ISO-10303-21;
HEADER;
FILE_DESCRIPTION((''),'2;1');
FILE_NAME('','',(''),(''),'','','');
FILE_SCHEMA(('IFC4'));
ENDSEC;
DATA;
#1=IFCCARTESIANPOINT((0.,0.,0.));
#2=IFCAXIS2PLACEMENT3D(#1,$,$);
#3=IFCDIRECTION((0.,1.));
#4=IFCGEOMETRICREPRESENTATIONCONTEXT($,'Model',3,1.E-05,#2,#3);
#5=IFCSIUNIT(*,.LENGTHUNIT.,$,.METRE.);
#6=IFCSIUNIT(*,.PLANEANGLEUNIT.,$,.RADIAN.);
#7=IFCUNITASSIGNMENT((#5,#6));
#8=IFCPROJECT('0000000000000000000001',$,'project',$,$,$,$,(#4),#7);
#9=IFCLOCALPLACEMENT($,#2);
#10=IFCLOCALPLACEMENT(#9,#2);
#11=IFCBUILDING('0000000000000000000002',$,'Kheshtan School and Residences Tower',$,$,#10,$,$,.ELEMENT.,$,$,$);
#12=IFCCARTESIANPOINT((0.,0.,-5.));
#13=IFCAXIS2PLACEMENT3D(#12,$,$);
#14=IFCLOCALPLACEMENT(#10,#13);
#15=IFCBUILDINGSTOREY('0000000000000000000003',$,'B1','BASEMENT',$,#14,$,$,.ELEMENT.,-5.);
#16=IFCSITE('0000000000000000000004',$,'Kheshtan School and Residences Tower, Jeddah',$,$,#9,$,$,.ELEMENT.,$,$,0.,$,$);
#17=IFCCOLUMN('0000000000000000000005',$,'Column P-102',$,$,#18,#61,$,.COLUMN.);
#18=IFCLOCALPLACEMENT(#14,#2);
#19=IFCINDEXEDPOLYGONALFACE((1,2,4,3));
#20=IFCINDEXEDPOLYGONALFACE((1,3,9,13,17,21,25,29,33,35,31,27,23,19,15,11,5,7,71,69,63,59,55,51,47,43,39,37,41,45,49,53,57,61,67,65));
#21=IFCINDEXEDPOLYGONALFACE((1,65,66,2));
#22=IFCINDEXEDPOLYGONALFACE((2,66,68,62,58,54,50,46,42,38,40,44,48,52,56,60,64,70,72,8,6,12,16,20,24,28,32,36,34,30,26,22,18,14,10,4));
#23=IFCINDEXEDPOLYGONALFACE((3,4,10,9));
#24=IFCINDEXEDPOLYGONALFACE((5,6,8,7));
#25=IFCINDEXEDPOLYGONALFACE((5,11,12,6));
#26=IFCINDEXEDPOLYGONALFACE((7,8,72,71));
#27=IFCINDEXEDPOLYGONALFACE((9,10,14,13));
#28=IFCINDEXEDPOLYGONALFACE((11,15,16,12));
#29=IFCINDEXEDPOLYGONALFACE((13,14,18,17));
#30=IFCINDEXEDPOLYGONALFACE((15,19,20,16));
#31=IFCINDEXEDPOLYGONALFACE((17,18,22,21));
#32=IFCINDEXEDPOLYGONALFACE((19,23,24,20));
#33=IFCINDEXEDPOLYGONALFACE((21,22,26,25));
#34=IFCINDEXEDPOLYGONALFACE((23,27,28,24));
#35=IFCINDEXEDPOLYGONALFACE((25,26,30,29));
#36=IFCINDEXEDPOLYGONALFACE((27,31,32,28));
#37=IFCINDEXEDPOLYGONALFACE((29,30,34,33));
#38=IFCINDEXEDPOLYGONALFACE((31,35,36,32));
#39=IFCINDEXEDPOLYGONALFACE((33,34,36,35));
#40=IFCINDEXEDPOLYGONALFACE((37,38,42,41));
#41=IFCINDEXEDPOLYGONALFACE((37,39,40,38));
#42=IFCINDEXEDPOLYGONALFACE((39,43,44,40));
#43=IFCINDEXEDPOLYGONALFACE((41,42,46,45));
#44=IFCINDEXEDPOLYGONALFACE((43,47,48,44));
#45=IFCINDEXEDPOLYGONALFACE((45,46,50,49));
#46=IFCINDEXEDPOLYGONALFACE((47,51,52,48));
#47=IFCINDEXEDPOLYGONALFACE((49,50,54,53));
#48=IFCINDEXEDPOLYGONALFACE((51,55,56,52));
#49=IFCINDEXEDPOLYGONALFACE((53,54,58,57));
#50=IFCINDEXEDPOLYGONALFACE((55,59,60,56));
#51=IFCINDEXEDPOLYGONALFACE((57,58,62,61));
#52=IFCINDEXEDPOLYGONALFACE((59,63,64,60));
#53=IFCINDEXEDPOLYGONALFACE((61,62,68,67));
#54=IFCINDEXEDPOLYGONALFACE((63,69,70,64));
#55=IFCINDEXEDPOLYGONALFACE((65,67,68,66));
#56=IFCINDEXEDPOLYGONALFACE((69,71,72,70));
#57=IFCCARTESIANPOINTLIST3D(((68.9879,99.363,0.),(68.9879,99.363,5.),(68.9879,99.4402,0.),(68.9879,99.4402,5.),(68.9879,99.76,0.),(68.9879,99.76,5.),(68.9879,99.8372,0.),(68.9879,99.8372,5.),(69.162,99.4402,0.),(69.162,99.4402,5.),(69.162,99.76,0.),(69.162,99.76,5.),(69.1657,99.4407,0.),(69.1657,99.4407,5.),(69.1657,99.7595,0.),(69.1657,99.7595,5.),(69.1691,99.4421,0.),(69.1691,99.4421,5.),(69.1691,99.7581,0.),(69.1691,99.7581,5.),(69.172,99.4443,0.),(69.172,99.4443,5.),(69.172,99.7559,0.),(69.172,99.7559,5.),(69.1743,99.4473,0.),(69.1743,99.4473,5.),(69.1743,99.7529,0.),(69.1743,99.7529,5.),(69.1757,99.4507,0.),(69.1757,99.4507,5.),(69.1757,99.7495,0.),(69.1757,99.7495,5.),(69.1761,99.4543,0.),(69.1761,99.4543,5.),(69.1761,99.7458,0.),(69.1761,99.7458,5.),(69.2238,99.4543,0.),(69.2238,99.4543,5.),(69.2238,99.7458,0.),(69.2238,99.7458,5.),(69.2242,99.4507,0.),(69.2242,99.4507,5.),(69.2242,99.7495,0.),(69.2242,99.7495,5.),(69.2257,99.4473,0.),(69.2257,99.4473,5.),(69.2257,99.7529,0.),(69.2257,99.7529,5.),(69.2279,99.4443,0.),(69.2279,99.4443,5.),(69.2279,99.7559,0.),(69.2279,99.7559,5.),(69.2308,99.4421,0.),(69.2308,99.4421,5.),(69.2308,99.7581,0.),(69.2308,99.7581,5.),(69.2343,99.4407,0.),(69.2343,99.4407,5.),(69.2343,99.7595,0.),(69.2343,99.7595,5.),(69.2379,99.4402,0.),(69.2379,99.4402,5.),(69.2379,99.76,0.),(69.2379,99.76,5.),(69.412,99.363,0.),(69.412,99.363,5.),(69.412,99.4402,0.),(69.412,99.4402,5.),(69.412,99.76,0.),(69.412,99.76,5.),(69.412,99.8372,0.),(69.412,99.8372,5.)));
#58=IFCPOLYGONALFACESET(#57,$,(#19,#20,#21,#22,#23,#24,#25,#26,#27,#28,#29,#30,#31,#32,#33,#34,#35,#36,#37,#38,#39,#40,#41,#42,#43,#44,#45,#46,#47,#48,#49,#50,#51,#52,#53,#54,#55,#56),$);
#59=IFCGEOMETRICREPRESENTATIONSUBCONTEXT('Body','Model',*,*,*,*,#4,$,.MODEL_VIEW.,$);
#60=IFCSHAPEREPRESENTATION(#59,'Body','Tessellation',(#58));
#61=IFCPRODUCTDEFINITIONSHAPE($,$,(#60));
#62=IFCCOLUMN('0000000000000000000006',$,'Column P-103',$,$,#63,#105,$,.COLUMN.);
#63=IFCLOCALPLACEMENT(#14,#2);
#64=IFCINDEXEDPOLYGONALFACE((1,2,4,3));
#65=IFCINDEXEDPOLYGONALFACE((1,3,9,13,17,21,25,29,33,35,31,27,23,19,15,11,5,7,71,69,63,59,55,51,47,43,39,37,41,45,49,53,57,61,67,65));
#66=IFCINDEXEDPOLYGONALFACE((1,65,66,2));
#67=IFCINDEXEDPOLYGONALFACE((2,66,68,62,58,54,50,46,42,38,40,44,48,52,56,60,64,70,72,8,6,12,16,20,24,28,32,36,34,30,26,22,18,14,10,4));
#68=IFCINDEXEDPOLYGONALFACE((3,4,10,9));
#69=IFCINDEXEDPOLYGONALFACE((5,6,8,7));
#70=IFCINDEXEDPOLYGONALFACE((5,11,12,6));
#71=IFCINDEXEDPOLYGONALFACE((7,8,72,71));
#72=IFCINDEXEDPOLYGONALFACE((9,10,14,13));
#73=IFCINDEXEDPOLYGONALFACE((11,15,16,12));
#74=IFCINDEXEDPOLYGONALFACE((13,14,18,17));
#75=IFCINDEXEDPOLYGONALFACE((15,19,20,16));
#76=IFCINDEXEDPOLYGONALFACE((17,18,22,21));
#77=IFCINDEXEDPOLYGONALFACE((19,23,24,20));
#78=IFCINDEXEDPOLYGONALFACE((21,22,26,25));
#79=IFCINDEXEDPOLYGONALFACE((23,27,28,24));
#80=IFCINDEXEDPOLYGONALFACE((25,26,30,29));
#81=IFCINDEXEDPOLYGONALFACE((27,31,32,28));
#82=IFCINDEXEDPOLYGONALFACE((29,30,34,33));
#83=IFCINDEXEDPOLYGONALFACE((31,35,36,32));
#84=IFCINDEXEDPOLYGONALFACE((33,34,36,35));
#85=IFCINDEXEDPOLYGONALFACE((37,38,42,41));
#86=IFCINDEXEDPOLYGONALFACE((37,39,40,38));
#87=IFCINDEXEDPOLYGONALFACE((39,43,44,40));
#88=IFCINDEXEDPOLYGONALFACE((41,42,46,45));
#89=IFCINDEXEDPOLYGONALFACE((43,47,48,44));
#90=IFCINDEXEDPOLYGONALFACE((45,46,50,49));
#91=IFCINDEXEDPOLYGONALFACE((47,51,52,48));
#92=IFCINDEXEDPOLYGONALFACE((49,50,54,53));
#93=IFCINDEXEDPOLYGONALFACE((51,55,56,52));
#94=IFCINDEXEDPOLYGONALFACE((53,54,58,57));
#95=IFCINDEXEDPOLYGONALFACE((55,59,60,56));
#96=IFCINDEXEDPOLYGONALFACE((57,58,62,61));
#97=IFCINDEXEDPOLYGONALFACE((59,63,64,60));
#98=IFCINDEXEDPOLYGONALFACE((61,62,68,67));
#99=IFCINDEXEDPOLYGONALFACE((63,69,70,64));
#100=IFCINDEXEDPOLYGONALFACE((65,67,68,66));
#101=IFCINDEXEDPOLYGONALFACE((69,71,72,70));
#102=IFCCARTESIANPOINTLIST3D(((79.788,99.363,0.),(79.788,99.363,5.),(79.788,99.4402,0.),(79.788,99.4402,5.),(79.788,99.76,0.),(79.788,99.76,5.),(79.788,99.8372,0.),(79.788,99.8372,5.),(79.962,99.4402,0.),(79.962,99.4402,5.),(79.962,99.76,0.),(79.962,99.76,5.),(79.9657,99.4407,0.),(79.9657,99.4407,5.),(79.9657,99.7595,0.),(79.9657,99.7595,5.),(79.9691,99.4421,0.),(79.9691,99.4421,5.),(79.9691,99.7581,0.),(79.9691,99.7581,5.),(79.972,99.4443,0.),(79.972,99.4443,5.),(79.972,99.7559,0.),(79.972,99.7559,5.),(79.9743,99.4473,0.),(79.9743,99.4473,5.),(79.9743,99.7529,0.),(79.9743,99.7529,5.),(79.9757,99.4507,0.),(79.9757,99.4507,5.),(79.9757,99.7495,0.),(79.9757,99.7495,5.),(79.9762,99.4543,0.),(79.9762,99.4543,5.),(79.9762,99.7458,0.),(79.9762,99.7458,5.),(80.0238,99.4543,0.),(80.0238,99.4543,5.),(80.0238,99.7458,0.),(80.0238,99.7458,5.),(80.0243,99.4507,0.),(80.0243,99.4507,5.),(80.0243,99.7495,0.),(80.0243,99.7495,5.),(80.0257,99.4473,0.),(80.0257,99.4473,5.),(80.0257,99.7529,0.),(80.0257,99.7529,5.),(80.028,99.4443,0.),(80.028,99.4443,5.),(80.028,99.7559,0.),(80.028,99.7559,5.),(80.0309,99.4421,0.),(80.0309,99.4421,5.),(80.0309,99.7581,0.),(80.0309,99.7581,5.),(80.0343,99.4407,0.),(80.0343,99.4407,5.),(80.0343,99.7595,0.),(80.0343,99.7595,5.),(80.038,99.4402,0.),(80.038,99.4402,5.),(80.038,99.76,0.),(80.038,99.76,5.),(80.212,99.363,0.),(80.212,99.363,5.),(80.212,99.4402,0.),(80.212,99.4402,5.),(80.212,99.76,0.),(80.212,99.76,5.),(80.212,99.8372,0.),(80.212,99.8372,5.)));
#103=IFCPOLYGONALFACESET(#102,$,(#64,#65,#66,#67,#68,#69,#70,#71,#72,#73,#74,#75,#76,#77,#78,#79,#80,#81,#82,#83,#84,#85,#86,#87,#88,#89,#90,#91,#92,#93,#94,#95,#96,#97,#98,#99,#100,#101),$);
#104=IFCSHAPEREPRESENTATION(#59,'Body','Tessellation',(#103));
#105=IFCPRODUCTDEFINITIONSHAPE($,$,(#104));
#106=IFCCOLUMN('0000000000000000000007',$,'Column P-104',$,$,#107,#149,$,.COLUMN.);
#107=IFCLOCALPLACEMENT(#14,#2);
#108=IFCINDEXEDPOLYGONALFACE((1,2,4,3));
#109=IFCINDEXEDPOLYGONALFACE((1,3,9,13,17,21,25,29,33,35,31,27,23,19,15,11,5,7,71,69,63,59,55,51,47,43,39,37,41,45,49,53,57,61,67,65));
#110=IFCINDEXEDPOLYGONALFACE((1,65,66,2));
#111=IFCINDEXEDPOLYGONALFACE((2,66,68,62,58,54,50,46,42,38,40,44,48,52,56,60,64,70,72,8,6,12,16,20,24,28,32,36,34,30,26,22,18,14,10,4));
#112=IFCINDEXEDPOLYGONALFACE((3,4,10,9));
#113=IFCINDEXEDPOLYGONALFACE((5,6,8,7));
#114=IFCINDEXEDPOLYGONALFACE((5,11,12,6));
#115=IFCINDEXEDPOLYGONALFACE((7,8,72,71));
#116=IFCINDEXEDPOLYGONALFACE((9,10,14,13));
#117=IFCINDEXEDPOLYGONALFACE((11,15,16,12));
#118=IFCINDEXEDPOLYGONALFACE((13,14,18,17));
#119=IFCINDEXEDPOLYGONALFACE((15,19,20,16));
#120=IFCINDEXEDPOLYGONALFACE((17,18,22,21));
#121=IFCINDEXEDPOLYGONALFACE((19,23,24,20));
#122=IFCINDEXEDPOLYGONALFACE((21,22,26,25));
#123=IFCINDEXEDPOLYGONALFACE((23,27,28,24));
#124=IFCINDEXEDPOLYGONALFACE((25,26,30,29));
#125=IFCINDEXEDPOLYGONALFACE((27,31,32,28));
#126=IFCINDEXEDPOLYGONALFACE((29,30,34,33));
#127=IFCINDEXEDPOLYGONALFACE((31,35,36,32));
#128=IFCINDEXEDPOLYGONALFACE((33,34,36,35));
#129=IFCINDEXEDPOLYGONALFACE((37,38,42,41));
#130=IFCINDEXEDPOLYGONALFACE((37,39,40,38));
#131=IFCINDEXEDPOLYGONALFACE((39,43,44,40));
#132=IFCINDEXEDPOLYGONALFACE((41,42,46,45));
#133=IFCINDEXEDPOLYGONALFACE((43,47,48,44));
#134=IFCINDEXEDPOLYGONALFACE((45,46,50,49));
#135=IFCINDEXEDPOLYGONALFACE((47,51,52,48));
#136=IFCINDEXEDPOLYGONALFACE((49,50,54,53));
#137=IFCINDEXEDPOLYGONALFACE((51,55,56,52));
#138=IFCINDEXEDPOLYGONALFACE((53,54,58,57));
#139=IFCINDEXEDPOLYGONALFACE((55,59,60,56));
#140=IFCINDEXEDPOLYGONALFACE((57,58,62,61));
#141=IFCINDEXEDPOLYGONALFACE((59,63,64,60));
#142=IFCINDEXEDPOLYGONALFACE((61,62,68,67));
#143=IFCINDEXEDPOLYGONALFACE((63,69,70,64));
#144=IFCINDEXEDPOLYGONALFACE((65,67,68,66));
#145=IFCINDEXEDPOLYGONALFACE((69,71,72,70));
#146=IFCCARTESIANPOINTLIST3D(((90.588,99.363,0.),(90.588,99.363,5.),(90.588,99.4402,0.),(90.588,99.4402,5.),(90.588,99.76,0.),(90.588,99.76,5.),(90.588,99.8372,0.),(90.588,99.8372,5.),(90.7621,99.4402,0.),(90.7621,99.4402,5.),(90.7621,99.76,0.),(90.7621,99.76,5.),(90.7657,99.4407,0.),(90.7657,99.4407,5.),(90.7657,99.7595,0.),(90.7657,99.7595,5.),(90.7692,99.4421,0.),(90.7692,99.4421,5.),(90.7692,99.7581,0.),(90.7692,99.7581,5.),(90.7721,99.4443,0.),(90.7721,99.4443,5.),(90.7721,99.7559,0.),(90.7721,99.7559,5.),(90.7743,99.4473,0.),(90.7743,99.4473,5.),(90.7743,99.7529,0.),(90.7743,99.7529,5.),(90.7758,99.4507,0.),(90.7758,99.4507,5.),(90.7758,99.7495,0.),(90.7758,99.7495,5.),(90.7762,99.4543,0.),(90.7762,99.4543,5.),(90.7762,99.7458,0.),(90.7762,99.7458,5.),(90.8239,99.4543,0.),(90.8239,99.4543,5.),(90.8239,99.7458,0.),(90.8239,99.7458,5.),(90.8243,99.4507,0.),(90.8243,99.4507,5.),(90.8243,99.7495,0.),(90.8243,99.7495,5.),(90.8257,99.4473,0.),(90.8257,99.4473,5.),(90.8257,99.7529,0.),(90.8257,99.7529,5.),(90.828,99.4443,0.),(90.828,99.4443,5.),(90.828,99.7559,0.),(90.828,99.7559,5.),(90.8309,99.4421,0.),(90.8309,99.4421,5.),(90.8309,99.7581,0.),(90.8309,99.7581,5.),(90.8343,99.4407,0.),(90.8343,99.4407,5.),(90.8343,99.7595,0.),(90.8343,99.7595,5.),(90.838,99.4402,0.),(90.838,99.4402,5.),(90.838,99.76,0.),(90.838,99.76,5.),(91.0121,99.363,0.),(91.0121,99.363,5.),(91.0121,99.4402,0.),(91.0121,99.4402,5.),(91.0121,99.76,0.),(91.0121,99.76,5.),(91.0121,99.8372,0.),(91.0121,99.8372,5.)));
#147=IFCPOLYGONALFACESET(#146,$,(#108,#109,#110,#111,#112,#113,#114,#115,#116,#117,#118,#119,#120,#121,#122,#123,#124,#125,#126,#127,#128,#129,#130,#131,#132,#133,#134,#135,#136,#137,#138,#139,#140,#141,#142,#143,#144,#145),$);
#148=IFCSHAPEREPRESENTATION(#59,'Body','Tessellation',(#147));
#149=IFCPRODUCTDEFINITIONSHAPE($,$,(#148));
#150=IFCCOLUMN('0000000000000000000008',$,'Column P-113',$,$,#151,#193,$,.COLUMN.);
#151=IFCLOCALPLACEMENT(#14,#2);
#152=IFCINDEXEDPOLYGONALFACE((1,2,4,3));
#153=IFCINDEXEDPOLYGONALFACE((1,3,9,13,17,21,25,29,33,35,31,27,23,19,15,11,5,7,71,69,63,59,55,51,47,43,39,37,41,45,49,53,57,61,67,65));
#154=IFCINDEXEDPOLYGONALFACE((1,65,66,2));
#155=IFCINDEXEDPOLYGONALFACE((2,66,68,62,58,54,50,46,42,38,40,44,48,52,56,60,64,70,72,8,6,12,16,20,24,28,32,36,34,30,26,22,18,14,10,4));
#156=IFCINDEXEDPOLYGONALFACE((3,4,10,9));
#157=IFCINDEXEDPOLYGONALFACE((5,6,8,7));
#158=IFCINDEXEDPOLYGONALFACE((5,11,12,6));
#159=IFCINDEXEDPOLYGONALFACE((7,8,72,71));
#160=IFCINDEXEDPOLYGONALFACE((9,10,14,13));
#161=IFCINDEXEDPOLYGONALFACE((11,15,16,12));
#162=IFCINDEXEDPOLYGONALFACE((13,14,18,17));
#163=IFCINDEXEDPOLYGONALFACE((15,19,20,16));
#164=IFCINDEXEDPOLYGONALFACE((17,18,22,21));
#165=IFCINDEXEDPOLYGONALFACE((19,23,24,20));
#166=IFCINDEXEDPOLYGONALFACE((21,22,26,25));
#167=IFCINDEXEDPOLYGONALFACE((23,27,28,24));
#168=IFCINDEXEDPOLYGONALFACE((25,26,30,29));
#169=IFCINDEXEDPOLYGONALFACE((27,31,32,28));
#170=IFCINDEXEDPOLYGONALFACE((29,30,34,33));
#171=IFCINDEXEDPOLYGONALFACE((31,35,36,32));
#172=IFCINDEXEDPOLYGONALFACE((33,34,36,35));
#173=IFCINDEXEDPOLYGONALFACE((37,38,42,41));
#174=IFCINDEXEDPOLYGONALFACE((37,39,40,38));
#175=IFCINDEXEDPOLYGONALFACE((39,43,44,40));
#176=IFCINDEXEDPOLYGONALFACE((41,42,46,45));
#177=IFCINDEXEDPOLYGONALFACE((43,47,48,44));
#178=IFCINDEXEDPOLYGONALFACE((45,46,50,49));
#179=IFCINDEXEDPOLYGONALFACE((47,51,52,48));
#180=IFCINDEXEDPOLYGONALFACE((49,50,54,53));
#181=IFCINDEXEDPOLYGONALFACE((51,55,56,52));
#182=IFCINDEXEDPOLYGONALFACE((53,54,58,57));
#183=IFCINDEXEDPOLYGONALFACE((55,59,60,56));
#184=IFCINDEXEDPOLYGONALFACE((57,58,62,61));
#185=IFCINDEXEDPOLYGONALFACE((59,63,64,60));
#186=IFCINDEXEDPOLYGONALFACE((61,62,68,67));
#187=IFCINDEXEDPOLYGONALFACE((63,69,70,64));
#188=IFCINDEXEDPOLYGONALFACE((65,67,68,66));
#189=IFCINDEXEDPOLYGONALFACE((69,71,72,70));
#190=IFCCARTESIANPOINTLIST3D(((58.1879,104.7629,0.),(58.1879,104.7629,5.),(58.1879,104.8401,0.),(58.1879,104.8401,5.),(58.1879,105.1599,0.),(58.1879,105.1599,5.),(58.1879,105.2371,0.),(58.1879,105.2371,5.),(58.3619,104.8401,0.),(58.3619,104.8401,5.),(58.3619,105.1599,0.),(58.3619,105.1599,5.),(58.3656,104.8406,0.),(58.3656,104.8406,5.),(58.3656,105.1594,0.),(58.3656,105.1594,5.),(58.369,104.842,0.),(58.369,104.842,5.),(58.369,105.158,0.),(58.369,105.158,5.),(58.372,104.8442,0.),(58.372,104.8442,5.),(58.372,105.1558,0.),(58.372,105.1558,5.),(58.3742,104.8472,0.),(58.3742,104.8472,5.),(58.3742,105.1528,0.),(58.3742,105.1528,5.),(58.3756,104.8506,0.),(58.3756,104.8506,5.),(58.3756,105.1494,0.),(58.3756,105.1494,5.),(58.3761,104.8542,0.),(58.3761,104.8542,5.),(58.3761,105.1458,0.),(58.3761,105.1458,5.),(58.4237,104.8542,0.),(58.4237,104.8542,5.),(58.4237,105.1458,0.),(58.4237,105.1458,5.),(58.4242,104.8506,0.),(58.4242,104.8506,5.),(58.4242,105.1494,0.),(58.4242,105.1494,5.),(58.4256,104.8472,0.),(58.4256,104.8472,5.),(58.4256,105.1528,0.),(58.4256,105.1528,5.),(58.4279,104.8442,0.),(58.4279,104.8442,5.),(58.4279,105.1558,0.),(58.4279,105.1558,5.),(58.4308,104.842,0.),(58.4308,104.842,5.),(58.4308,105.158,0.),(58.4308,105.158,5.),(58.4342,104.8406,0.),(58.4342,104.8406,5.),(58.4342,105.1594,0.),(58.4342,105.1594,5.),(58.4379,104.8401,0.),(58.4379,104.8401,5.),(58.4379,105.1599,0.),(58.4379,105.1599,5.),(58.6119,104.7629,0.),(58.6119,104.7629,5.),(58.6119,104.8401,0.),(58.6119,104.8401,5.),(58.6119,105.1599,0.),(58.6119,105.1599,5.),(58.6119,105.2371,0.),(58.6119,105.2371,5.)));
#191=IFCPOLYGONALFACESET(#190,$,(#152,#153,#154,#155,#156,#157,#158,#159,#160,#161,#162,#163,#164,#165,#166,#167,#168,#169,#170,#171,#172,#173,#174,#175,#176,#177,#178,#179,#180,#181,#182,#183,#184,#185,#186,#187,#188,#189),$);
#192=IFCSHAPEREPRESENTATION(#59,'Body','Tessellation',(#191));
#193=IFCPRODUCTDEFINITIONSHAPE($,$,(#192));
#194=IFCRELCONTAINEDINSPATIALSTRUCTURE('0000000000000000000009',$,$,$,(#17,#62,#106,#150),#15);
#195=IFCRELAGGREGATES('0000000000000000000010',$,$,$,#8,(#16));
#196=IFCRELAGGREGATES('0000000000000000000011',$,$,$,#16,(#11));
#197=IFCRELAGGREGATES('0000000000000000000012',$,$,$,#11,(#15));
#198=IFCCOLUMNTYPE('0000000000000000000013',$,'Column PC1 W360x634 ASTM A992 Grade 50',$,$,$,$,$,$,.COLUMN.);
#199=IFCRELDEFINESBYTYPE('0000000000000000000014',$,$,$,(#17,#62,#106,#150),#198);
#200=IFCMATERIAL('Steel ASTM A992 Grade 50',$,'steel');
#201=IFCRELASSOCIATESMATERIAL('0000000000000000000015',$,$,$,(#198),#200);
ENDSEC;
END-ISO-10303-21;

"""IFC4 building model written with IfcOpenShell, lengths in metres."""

from ifc_helpers import new_model, si_unit, direction, frame, origin, origin_2d, place, context, subcontext, project, spatial, i_section, extrude, material, material_profile, profile_set, type_object, element, save


model = new_model("IFC4")

# Units and contexts
model_context = context("Model", 3, precision=1e-05, world=origin(), true_north=direction((0.0, 1.0)))
body_context = subcontext(model_context, "Body", "Model", "MODEL_VIEW")
ifc_project = project(units=[si_unit("LENGTHUNIT", "METRE"), si_unit("PLANEANGLEUNIT", "RADIAN")], contexts=[model_context])

# Site, building, storey
site_placement = place(None, origin())
site = spatial("IfcSite", under=ifc_project, at=site_placement, Name="Kheshtan School and Residences Tower, Jeddah", CompositionType="ELEMENT", RefElevation=0.0)
building_placement = place(site_placement, origin())
building = spatial("IfcBuilding", under=site, at=building_placement, Name="Kheshtan School and Residences Tower", CompositionType="ELEMENT")
storey_placement = place(building_placement, frame((0.0, 0.0, -5.0)))
storey = spatial("IfcBuildingStorey", under=building, at=storey_placement, Name="B1", Description="BASEMENT", CompositionType="ELEMENT", Elevation=-5.0)

# Columns
ifc_material_1 = material(Name="Steel ASTM A992 Grade 50", Category="steel")
ifc_material_profile_1 = material_profile(ifc_material_1, i_section(OverallWidth=0.4241, OverallDepth=0.4741, WebThickness=0.0476, FlangeThickness=0.0771, FilletRadius=0.0142, at=origin_2d()), Name="W360x634")
ifc_profile_set_1 = profile_set([ifc_material_profile_1], Name="Steel ASTM A992 Grade 50")
column_type = type_object("IfcColumnType", Name="Column PC1 W360x634 ASTM A992 Grade 50", PredefinedType="COLUMN", material=ifc_profile_set_1)
for number, where, z_axis, x_axis, name in (
    (1, (69.2, 99.6001, 0.0), (0.0, 0.0, 1.0), (1.0, 0.0, 0.0), "Column P-102"),
    (2, (80.0, 99.6001, 0.0), (0.0, 0.0, 1.0), (1.0, 0.0, 0.0), "Column P-103"),
    (3, (90.8, 99.6001, 0.0), (0.0, 0.0, 1.0), (1.0, 0.0, 0.0), "Column P-104"),
    (4, (58.3999, 105.0, 0.0), (0.0, 0.0, 1.0), (1.0, 0.0, 0.0), "Column P-113"),
):
    element("IfcColumn", number, at=place(storey_placement, frame(where, z_axis=z_axis, x_axis=x_axis)), inside=storey, type_object=column_type, Name=name, PredefinedType="COLUMN", context=body_context, shape_type="SweptSolid", body=[
        extrude(i_section(OverallWidth=0.4241, OverallDepth=0.4741, WebThickness=0.0476, FlangeThickness=0.0771, FilletRadius=0.0142, at=origin_2d()), origin(), (0.0, 0.0, 1.0), 5.0),
    ])

save(model, "model.ifc")
